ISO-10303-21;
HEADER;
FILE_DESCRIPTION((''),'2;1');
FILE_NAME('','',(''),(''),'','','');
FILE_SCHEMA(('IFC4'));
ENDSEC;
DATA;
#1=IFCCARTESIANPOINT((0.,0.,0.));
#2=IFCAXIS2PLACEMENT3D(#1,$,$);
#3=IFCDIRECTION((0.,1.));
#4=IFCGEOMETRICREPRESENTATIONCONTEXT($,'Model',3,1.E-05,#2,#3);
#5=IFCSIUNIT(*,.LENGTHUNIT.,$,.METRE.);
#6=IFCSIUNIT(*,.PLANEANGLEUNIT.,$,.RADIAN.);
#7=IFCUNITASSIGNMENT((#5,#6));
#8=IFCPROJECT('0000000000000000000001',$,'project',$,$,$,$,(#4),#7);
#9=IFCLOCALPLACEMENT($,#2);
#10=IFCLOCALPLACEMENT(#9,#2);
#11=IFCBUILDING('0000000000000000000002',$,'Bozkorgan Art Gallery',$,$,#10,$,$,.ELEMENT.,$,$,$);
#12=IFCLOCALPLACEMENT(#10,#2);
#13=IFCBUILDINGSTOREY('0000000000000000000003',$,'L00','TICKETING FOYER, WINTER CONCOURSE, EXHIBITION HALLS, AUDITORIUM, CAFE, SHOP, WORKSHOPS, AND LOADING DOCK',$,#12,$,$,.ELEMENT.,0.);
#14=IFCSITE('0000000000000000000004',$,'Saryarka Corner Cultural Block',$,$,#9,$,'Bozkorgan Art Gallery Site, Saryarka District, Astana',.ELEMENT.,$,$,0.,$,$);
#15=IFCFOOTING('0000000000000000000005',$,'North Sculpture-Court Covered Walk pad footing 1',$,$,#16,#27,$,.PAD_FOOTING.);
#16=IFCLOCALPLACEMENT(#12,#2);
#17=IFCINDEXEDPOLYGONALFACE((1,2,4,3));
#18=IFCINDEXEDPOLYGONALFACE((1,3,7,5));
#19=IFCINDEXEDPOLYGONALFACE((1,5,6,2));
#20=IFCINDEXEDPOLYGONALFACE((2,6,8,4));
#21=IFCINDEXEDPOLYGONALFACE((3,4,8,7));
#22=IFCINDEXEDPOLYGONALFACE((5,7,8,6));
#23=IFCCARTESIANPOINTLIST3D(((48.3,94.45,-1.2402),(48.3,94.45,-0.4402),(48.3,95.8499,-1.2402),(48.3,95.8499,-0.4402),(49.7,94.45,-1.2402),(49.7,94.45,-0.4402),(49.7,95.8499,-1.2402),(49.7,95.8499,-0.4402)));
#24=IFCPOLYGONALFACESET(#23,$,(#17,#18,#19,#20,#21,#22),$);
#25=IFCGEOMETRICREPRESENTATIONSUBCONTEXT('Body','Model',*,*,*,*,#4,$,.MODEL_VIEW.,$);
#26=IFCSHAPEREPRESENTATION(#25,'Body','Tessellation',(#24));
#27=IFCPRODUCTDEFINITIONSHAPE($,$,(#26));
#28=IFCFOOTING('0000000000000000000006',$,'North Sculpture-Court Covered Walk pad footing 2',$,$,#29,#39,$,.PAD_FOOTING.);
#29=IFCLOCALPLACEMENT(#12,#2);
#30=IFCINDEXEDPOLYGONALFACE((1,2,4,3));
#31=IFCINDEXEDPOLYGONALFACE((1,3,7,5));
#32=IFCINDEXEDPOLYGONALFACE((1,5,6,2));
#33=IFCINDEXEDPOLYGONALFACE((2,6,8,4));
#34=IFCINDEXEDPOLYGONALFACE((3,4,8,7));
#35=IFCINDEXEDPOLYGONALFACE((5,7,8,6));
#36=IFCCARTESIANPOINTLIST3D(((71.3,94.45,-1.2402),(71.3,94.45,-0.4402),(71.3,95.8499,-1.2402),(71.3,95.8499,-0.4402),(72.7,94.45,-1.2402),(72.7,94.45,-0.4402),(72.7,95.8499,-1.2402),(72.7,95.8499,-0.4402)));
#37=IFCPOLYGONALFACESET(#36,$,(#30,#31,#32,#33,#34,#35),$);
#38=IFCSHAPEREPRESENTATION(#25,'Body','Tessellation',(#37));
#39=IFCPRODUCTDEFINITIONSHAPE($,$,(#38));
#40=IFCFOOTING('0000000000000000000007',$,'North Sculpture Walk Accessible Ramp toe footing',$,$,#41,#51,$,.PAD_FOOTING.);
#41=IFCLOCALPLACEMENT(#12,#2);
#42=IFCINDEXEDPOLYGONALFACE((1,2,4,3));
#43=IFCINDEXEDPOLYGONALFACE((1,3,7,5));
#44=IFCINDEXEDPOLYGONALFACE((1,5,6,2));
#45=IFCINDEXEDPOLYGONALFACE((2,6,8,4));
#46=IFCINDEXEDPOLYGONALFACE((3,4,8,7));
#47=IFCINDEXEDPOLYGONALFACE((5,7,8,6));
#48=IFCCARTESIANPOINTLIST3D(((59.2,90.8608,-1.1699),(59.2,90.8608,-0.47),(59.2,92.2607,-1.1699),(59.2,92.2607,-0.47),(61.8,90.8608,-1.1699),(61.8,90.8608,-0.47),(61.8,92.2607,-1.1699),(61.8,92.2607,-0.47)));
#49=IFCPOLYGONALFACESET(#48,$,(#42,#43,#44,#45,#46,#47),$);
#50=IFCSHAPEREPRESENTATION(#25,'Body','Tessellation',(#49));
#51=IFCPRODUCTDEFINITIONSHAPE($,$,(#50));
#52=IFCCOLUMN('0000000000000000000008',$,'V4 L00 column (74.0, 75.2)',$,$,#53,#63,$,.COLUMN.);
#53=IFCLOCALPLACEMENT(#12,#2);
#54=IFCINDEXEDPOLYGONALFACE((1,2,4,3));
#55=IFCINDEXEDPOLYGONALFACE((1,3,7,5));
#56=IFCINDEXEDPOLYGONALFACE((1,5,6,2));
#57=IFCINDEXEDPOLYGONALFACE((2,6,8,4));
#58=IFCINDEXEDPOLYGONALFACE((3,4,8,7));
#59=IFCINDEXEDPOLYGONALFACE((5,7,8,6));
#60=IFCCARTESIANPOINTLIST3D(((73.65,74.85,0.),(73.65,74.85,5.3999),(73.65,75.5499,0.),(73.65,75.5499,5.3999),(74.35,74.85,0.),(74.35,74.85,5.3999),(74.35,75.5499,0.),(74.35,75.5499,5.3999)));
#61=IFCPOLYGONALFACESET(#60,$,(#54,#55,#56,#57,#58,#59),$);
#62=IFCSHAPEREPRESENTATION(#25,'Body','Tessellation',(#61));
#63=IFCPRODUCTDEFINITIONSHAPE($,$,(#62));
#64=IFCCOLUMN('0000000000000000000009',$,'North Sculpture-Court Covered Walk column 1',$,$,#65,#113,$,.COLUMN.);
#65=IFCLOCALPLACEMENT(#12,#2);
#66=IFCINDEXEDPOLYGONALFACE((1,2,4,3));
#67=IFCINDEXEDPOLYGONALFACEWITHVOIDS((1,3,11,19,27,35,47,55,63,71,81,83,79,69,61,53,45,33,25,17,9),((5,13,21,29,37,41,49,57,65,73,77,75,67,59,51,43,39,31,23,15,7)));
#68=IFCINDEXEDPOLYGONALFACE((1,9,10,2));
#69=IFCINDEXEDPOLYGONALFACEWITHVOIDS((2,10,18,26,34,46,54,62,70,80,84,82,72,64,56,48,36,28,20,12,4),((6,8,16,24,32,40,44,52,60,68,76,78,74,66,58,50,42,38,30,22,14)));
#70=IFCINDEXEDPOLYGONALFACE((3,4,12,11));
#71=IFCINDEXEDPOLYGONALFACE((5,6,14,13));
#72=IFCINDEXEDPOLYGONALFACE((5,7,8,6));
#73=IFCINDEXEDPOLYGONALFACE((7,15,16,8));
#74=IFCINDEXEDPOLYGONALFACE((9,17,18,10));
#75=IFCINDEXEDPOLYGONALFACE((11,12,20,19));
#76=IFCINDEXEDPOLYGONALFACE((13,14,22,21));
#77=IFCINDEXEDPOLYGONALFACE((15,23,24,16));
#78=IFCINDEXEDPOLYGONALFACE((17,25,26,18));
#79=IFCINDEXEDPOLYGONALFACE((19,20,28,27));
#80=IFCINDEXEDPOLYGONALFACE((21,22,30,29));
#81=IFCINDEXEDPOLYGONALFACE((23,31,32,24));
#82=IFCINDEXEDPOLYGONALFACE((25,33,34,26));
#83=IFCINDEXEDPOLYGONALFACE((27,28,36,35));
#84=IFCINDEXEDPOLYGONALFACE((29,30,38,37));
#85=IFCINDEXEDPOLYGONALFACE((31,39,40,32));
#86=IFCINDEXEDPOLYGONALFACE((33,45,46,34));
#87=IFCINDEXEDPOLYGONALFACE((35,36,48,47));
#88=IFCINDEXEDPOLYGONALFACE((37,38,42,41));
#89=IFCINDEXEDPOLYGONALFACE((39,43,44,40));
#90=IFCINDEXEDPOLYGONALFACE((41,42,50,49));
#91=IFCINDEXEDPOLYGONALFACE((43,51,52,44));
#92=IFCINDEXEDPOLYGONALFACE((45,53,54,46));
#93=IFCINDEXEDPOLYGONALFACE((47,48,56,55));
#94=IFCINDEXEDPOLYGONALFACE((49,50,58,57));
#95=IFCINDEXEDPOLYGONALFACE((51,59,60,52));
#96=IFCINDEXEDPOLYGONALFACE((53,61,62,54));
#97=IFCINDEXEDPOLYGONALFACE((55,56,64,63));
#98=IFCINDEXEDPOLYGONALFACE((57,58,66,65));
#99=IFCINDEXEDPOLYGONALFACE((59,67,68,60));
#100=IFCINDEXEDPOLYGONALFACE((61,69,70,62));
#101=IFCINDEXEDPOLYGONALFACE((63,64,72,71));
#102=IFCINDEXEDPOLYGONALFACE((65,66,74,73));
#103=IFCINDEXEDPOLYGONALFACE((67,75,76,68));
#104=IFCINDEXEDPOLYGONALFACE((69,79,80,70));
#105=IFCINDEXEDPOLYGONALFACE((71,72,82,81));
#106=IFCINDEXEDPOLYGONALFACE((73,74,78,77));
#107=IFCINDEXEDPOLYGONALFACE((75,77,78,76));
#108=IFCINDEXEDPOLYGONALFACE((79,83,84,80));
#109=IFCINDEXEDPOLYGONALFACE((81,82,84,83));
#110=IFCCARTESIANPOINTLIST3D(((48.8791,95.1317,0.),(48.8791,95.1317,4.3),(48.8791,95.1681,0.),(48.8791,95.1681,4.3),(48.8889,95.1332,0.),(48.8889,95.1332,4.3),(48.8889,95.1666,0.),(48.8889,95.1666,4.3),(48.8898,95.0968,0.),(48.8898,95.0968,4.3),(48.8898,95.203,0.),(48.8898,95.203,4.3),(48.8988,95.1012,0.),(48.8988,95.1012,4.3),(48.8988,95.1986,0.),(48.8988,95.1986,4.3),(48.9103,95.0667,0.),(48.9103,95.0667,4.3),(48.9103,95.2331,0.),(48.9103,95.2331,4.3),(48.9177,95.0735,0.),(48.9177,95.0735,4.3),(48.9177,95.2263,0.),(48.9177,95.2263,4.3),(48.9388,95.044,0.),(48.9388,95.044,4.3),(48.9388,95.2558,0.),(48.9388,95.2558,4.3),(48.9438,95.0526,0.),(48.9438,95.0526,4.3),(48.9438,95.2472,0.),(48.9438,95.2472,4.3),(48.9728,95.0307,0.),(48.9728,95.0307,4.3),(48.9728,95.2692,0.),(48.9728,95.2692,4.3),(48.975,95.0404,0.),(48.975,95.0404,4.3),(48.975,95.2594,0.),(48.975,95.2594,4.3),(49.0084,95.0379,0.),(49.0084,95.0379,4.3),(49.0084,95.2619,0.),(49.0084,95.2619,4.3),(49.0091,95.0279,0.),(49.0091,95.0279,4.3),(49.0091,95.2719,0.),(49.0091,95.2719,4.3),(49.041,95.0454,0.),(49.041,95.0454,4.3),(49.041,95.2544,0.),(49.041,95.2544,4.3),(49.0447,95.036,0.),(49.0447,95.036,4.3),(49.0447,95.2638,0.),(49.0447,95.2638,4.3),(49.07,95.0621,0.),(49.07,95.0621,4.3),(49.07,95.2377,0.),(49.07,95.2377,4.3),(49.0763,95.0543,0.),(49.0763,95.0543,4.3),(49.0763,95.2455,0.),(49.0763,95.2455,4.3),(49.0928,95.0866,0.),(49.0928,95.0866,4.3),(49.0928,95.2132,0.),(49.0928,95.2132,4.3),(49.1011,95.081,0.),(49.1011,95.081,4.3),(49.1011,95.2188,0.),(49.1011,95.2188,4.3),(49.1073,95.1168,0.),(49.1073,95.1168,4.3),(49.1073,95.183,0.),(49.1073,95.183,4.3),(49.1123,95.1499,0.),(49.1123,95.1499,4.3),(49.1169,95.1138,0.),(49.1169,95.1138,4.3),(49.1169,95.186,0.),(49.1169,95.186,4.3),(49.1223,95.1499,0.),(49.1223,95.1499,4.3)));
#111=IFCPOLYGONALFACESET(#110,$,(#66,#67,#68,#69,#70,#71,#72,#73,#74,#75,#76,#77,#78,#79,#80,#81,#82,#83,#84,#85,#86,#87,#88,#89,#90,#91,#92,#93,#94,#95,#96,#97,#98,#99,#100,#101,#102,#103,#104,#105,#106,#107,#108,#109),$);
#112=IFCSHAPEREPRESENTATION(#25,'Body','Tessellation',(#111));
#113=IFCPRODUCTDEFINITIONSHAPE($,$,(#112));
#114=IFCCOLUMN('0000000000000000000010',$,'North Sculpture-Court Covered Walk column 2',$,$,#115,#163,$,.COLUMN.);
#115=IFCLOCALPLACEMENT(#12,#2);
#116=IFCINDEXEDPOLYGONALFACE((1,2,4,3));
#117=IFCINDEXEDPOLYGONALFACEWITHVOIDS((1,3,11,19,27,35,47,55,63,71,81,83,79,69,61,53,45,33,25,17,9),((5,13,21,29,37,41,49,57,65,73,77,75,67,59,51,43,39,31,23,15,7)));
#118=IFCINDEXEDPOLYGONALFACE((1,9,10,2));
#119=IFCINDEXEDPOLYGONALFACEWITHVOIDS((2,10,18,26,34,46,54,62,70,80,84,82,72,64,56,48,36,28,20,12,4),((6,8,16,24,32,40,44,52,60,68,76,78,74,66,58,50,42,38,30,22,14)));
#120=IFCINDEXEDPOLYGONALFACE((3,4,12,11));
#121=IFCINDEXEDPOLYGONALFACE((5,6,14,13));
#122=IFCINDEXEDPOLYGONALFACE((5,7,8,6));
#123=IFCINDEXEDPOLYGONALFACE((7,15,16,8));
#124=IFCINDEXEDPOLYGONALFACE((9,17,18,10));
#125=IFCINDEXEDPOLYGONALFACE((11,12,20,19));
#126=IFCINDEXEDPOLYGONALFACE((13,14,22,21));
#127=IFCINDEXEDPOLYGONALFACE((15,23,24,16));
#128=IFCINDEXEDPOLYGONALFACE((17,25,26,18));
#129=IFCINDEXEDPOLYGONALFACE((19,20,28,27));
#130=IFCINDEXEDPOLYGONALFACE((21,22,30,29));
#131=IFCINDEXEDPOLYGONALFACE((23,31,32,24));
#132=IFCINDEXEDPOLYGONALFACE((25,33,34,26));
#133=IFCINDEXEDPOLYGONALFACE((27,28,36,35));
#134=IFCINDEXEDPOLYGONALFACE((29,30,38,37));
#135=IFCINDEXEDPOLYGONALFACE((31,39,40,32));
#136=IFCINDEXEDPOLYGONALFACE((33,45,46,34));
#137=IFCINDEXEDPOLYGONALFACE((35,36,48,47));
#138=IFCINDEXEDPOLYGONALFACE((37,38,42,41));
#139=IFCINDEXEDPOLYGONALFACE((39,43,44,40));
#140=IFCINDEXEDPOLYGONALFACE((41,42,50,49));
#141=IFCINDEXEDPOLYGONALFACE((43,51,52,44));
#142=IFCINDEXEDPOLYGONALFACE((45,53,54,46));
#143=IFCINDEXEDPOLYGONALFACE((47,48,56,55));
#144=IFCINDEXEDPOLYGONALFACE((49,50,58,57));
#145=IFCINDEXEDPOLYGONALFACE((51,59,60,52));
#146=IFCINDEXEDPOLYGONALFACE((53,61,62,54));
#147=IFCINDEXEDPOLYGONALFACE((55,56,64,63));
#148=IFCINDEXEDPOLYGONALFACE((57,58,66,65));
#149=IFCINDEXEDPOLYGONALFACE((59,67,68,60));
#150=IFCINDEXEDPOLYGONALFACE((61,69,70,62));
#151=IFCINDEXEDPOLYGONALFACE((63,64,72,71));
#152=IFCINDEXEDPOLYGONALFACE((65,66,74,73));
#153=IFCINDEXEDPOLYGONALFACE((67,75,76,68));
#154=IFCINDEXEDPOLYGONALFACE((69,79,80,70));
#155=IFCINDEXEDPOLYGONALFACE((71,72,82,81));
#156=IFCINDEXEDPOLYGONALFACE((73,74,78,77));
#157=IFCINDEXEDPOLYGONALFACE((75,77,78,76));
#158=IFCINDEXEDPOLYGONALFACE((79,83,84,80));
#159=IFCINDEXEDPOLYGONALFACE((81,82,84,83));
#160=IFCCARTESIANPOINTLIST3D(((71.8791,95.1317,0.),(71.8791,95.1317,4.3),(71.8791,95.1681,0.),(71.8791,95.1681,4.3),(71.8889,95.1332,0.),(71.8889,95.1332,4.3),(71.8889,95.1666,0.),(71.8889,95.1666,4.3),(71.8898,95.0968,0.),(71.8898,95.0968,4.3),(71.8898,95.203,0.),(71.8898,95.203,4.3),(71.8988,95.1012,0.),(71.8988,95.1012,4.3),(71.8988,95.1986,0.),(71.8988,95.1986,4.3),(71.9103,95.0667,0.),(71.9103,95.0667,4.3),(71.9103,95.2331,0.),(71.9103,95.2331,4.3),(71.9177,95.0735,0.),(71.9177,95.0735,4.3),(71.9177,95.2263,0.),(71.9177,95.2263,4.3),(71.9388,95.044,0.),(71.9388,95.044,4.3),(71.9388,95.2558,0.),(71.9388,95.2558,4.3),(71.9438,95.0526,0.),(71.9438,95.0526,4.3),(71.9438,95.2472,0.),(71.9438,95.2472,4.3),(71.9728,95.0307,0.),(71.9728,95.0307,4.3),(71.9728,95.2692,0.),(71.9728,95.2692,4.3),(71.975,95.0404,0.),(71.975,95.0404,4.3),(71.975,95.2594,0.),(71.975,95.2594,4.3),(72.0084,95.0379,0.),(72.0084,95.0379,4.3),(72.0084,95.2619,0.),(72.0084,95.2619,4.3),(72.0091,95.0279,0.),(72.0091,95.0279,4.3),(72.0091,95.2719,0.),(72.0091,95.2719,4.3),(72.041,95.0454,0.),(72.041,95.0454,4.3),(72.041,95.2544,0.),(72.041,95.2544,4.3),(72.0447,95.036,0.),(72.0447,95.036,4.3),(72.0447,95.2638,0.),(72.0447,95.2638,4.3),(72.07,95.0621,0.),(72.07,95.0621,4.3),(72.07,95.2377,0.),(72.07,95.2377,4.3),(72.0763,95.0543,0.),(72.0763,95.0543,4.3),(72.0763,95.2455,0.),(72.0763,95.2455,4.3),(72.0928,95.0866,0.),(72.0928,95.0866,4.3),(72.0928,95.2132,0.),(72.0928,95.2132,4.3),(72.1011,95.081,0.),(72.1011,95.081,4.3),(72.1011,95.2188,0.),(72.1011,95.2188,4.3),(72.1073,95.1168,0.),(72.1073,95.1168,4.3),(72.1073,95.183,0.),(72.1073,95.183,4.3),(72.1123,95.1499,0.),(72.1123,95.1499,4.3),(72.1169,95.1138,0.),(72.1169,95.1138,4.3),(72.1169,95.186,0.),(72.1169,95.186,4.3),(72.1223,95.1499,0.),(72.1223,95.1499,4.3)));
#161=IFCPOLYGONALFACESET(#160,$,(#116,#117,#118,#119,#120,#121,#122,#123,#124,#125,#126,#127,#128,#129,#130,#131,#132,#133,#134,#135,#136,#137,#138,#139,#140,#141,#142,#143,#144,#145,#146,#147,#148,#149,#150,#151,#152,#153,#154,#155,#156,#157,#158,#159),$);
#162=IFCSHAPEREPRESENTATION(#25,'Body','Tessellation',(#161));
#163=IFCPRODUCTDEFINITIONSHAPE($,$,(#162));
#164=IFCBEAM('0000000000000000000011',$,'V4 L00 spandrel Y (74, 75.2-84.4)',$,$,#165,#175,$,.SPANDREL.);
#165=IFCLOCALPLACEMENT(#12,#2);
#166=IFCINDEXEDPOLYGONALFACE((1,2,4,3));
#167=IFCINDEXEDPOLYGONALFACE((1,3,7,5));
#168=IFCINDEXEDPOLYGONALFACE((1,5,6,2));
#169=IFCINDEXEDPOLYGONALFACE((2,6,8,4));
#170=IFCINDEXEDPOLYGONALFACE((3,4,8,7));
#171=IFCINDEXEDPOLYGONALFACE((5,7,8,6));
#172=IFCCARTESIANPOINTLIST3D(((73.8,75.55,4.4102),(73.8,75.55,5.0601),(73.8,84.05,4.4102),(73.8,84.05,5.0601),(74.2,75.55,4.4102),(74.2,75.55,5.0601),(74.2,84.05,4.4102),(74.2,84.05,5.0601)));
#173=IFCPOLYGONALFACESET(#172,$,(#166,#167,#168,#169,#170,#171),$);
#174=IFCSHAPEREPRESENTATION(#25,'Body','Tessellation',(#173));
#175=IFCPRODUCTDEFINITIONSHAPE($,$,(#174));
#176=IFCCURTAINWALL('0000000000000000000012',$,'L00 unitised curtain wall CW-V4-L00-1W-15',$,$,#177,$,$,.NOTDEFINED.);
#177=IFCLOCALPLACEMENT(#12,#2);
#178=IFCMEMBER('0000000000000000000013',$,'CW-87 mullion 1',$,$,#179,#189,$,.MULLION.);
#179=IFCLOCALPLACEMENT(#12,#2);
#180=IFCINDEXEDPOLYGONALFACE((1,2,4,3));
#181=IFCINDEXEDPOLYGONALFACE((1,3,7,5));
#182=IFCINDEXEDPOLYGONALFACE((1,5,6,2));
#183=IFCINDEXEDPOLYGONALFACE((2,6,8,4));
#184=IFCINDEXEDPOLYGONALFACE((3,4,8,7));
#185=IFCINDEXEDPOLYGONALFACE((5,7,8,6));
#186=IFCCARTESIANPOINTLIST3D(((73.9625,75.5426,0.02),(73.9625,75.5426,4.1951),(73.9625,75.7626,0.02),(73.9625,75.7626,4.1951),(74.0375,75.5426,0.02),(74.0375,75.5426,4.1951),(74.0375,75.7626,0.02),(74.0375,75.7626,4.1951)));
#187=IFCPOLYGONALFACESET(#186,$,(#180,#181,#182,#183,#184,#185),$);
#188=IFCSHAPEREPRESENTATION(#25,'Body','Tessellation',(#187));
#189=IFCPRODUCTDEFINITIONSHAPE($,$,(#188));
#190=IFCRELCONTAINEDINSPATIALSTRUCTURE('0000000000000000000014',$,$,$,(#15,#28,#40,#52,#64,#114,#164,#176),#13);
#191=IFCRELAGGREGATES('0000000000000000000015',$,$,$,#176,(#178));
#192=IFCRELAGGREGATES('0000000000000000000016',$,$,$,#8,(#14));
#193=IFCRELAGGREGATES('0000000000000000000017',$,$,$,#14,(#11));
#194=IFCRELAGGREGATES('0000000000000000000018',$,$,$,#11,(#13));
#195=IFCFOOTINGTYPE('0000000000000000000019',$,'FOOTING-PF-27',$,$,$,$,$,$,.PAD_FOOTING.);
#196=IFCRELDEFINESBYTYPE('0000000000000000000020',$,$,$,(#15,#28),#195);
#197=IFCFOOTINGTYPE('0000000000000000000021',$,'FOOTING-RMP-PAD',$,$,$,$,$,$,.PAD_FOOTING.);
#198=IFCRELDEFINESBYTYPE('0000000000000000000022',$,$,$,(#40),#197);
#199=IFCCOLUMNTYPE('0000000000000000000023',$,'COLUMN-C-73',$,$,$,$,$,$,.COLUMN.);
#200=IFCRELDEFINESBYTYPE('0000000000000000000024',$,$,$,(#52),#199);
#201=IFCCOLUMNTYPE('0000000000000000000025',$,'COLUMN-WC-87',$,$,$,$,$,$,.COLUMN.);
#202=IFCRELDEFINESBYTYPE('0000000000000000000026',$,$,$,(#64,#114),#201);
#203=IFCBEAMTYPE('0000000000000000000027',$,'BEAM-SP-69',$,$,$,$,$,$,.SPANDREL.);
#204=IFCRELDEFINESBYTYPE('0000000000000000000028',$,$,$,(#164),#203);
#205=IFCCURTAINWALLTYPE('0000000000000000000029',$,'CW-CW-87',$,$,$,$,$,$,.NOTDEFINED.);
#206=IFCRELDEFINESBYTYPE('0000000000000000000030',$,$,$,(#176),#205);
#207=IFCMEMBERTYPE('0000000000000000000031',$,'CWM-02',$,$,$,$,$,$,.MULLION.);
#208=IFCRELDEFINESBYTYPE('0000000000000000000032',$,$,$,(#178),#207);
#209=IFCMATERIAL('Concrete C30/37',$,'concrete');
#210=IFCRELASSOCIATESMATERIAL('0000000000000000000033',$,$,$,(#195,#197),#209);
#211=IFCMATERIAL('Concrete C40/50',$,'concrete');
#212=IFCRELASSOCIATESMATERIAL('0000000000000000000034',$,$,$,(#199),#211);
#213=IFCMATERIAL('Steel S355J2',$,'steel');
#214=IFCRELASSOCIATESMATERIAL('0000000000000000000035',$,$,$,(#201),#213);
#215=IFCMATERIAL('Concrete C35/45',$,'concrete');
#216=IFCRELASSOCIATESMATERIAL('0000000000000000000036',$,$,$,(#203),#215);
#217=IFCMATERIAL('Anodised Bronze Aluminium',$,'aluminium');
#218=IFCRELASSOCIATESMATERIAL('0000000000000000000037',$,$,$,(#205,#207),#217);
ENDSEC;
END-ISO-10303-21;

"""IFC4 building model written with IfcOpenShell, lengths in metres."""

from ifc_helpers import new_model, si_unit, direction, frame, origin, origin_2d, place, context, subcontext, project, spatial, rectangle, hollow_circle, extrude, material, material_profile, profile_set, type_object, element, aggregate, save


model = new_model("IFC4")

# Units and contexts
model_context = context("Model", 3, precision=1e-05, world=origin(), true_north=direction((0.0, 1.0)))
body_context = subcontext(model_context, "Body", "Model", "MODEL_VIEW")
ifc_project = project(units=[si_unit("LENGTHUNIT", "METRE"), si_unit("PLANEANGLEUNIT", "RADIAN")], contexts=[model_context])

# Site, building, storey
site_placement = place(None, origin())
site = spatial("IfcSite", under=ifc_project, at=site_placement, Name="Saryarka Corner Cultural Block", LongName="Bozkorgan Art Gallery Site, Saryarka District, Astana", CompositionType="ELEMENT", RefElevation=0.0)
building_placement = place(site_placement, origin())
building = spatial("IfcBuilding", under=site, at=building_placement, Name="Bozkorgan Art Gallery", CompositionType="ELEMENT")
storey_placement = place(building_placement, origin())
storey = spatial("IfcBuildingStorey", under=building, at=storey_placement, Name="L00", Description="TICKETING FOYER, WINTER CONCOURSE, EXHIBITION HALLS, AUDITORIUM, CAFE, SHOP, WORKSHOPS, AND LOADING DOCK", CompositionType="ELEMENT", Elevation=0.0)

# Footings
ifc_material_1 = material(Name="Concrete C30/37", Category="concrete")
footing_type_1 = type_object("IfcFootingType", Name="FOOTING-PF-27", PredefinedType="PAD_FOOTING", material=ifc_material_1)
for number, where, z_axis, x_axis, name in (
    (1, (49.0, 95.1499, -1.2402), (0.0, 0.0, 1.0), (1.0, 0.0, 0.0), "North Sculpture-Court Covered Walk pad footing 1"),
    (2, (72.0, 95.1499, -1.2402), (0.0, 0.0, 1.0), (1.0, 0.0, 0.0), "North Sculpture-Court Covered Walk pad footing 2"),
):
    element("IfcFooting", number, at=place(storey_placement, frame(where, z_axis=z_axis, x_axis=x_axis)), inside=storey, type_object=footing_type_1, Name=name, PredefinedType="PAD_FOOTING", context=body_context, shape_type="SweptSolid", body=[
        extrude(rectangle(XDim=1.3999, YDim=1.3999, at=origin_2d()), origin(), (0.0, 0.0, 1.0), 0.8),
    ])
footing_type_2 = type_object("IfcFootingType", Name="FOOTING-RMP-PAD", PredefinedType="PAD_FOOTING", material=ifc_material_1)
footing_placement = place(storey_placement, frame((60.5, 91.5608, -1.1699), z_axis=(0.0, 0.0, 1.0), x_axis=(0.0, 1.0, 0.0)))
element("IfcFooting", 3, at=footing_placement, inside=storey, type_object=footing_type_2, Name="North Sculpture Walk Accessible Ramp toe footing", PredefinedType="PAD_FOOTING", context=body_context, shape_type="SweptSolid", body=[
    extrude(rectangle(XDim=1.3999, YDim=2.6001, at=origin_2d()), origin(), (0.0, 0.0, 1.0), 0.7),
])

# Columns
ifc_material_2 = material(Name="Concrete C40/50", Category="concrete")
ifc_material_profile_1 = material_profile(ifc_material_2, rectangle(XDim=0.7, YDim=0.7, at=origin_2d()), Name="RC 700x700")
ifc_profile_set_1 = profile_set([ifc_material_profile_1], Name="Concrete C40/50")
column_type_1 = type_object("IfcColumnType", Name="COLUMN-C-73", PredefinedType="COLUMN", material=ifc_profile_set_1)
column_placement = place(storey_placement, frame((74.0, 75.2, 0.0), z_axis=(0.0, 0.0, 1.0), x_axis=(1.0, 0.0, 0.0)))
element("IfcColumn", 4, at=column_placement, inside=storey, type_object=column_type_1, Name="V4 L00 column (74.0, 75.2)", PredefinedType="COLUMN", context=body_context, shape_type="SweptSolid", body=[
    extrude(rectangle(XDim=0.7, YDim=0.7, at=origin_2d()), origin(), (0.0, 0.0, 1.0), 5.3999),
])
ifc_material_3 = material(Name="Steel S355J2", Category="steel")
ifc_material_profile_2 = material_profile(ifc_material_3, hollow_circle(Radius=0.1223, WallThickness=0.01, at=origin_2d()), Name="CHS 244.5x10")
ifc_profile_set_2 = profile_set([ifc_material_profile_2], Name="Steel S355J2")
column_type_2 = type_object("IfcColumnType", Name="COLUMN-WC-87", PredefinedType="COLUMN", material=ifc_profile_set_2)
for number, where, z_axis, x_axis, name in (
    (5, (49.0, 95.1499, 0.0), (0.0, 0.0, 1.0), (1.0, 0.0, 0.0), "North Sculpture-Court Covered Walk column 1"),
    (6, (72.0, 95.1499, 0.0), (0.0, 0.0, 1.0), (1.0, 0.0, 0.0), "North Sculpture-Court Covered Walk column 2"),
):
    element("IfcColumn", number, at=place(storey_placement, frame(where, z_axis=z_axis, x_axis=x_axis)), inside=storey, type_object=column_type_2, Name=name, PredefinedType="COLUMN", context=body_context, shape_type="SweptSolid", body=[
        extrude(hollow_circle(Radius=0.1223, WallThickness=0.01, at=origin_2d()), origin(), (0.0, 0.0, 1.0), 4.3),
    ])

# Beam
ifc_material_4 = material(Name="Concrete C35/45", Category="concrete")
ifc_material_profile_3 = material_profile(ifc_material_4, rectangle(XDim=0.3999, YDim=0.6499, at=origin_2d()), Name="RC 400x650")
ifc_profile_set_3 = profile_set([ifc_material_profile_3], Name="Concrete C35/45")
beam_type = type_object("IfcBeamType", Name="BEAM-SP-69", PredefinedType="SPANDREL", material=ifc_profile_set_3)
beam_placement = place(storey_placement, frame((74.0, 75.55, 4.7351), z_axis=(0.0, 1.0, 0.0), x_axis=(-1.0, 0.0, 0.0)))
element("IfcBeam", 7, at=beam_placement, inside=storey, type_object=beam_type, Name="V4 L00 spandrel Y (74, 75.2-84.4)", PredefinedType="SPANDREL", context=body_context, shape_type="SweptSolid", body=[
    extrude(rectangle(XDim=0.3999, YDim=0.6499, at=origin_2d()), origin(), (0.0, 0.0, 1.0), 8.5),
])

# Curtain wall, member
ifc_material_5 = material(Name="Anodised Bronze Aluminium", Category="aluminium")
curtain_wall_type_1 = type_object("IfcCurtainWallType", Name="CW-CW-87", PredefinedType="NOTDEFINED", material=ifc_material_5)
curtain_wall_1_placement = place(storey_placement, origin())
curtain_wall_1 = element("IfcCurtainWall", 8, at=curtain_wall_1_placement, inside=storey, type_object=curtain_wall_type_1, Name="L00 unitised curtain wall CW-V4-L00-1W-15", PredefinedType="NOTDEFINED")
ifc_material_profile_4 = material_profile(ifc_material_5, rectangle(XDim=0.075, YDim=0.22, at=origin_2d()), Name="ALU MULLION 75x220")
ifc_profile_set_4 = profile_set([ifc_material_profile_4], Name="Anodised Bronze Aluminium")
member_type_1 = type_object("IfcMemberType", Name="CWM-02", PredefinedType="MULLION", material=ifc_profile_set_4)
member_1_placement = place(storey_placement, frame((74.0, 75.6526, 0.02), z_axis=(0.0, 0.0, 1.0), x_axis=(-1.0, 0.0, 0.0)))
member_1 = element("IfcMember", 9, at=member_1_placement, type_object=member_type_1, Name="CW-87 mullion 1", PredefinedType="MULLION", context=body_context, shape_type="SweptSolid", body=[
    extrude(rectangle(XDim=0.075, YDim=0.22, at=origin_2d()), origin(), (0.0, 0.0, 1.0), 4.175),
])

aggregate(curtain_wall_1, [member_1])

save(model, "model.ifc")
